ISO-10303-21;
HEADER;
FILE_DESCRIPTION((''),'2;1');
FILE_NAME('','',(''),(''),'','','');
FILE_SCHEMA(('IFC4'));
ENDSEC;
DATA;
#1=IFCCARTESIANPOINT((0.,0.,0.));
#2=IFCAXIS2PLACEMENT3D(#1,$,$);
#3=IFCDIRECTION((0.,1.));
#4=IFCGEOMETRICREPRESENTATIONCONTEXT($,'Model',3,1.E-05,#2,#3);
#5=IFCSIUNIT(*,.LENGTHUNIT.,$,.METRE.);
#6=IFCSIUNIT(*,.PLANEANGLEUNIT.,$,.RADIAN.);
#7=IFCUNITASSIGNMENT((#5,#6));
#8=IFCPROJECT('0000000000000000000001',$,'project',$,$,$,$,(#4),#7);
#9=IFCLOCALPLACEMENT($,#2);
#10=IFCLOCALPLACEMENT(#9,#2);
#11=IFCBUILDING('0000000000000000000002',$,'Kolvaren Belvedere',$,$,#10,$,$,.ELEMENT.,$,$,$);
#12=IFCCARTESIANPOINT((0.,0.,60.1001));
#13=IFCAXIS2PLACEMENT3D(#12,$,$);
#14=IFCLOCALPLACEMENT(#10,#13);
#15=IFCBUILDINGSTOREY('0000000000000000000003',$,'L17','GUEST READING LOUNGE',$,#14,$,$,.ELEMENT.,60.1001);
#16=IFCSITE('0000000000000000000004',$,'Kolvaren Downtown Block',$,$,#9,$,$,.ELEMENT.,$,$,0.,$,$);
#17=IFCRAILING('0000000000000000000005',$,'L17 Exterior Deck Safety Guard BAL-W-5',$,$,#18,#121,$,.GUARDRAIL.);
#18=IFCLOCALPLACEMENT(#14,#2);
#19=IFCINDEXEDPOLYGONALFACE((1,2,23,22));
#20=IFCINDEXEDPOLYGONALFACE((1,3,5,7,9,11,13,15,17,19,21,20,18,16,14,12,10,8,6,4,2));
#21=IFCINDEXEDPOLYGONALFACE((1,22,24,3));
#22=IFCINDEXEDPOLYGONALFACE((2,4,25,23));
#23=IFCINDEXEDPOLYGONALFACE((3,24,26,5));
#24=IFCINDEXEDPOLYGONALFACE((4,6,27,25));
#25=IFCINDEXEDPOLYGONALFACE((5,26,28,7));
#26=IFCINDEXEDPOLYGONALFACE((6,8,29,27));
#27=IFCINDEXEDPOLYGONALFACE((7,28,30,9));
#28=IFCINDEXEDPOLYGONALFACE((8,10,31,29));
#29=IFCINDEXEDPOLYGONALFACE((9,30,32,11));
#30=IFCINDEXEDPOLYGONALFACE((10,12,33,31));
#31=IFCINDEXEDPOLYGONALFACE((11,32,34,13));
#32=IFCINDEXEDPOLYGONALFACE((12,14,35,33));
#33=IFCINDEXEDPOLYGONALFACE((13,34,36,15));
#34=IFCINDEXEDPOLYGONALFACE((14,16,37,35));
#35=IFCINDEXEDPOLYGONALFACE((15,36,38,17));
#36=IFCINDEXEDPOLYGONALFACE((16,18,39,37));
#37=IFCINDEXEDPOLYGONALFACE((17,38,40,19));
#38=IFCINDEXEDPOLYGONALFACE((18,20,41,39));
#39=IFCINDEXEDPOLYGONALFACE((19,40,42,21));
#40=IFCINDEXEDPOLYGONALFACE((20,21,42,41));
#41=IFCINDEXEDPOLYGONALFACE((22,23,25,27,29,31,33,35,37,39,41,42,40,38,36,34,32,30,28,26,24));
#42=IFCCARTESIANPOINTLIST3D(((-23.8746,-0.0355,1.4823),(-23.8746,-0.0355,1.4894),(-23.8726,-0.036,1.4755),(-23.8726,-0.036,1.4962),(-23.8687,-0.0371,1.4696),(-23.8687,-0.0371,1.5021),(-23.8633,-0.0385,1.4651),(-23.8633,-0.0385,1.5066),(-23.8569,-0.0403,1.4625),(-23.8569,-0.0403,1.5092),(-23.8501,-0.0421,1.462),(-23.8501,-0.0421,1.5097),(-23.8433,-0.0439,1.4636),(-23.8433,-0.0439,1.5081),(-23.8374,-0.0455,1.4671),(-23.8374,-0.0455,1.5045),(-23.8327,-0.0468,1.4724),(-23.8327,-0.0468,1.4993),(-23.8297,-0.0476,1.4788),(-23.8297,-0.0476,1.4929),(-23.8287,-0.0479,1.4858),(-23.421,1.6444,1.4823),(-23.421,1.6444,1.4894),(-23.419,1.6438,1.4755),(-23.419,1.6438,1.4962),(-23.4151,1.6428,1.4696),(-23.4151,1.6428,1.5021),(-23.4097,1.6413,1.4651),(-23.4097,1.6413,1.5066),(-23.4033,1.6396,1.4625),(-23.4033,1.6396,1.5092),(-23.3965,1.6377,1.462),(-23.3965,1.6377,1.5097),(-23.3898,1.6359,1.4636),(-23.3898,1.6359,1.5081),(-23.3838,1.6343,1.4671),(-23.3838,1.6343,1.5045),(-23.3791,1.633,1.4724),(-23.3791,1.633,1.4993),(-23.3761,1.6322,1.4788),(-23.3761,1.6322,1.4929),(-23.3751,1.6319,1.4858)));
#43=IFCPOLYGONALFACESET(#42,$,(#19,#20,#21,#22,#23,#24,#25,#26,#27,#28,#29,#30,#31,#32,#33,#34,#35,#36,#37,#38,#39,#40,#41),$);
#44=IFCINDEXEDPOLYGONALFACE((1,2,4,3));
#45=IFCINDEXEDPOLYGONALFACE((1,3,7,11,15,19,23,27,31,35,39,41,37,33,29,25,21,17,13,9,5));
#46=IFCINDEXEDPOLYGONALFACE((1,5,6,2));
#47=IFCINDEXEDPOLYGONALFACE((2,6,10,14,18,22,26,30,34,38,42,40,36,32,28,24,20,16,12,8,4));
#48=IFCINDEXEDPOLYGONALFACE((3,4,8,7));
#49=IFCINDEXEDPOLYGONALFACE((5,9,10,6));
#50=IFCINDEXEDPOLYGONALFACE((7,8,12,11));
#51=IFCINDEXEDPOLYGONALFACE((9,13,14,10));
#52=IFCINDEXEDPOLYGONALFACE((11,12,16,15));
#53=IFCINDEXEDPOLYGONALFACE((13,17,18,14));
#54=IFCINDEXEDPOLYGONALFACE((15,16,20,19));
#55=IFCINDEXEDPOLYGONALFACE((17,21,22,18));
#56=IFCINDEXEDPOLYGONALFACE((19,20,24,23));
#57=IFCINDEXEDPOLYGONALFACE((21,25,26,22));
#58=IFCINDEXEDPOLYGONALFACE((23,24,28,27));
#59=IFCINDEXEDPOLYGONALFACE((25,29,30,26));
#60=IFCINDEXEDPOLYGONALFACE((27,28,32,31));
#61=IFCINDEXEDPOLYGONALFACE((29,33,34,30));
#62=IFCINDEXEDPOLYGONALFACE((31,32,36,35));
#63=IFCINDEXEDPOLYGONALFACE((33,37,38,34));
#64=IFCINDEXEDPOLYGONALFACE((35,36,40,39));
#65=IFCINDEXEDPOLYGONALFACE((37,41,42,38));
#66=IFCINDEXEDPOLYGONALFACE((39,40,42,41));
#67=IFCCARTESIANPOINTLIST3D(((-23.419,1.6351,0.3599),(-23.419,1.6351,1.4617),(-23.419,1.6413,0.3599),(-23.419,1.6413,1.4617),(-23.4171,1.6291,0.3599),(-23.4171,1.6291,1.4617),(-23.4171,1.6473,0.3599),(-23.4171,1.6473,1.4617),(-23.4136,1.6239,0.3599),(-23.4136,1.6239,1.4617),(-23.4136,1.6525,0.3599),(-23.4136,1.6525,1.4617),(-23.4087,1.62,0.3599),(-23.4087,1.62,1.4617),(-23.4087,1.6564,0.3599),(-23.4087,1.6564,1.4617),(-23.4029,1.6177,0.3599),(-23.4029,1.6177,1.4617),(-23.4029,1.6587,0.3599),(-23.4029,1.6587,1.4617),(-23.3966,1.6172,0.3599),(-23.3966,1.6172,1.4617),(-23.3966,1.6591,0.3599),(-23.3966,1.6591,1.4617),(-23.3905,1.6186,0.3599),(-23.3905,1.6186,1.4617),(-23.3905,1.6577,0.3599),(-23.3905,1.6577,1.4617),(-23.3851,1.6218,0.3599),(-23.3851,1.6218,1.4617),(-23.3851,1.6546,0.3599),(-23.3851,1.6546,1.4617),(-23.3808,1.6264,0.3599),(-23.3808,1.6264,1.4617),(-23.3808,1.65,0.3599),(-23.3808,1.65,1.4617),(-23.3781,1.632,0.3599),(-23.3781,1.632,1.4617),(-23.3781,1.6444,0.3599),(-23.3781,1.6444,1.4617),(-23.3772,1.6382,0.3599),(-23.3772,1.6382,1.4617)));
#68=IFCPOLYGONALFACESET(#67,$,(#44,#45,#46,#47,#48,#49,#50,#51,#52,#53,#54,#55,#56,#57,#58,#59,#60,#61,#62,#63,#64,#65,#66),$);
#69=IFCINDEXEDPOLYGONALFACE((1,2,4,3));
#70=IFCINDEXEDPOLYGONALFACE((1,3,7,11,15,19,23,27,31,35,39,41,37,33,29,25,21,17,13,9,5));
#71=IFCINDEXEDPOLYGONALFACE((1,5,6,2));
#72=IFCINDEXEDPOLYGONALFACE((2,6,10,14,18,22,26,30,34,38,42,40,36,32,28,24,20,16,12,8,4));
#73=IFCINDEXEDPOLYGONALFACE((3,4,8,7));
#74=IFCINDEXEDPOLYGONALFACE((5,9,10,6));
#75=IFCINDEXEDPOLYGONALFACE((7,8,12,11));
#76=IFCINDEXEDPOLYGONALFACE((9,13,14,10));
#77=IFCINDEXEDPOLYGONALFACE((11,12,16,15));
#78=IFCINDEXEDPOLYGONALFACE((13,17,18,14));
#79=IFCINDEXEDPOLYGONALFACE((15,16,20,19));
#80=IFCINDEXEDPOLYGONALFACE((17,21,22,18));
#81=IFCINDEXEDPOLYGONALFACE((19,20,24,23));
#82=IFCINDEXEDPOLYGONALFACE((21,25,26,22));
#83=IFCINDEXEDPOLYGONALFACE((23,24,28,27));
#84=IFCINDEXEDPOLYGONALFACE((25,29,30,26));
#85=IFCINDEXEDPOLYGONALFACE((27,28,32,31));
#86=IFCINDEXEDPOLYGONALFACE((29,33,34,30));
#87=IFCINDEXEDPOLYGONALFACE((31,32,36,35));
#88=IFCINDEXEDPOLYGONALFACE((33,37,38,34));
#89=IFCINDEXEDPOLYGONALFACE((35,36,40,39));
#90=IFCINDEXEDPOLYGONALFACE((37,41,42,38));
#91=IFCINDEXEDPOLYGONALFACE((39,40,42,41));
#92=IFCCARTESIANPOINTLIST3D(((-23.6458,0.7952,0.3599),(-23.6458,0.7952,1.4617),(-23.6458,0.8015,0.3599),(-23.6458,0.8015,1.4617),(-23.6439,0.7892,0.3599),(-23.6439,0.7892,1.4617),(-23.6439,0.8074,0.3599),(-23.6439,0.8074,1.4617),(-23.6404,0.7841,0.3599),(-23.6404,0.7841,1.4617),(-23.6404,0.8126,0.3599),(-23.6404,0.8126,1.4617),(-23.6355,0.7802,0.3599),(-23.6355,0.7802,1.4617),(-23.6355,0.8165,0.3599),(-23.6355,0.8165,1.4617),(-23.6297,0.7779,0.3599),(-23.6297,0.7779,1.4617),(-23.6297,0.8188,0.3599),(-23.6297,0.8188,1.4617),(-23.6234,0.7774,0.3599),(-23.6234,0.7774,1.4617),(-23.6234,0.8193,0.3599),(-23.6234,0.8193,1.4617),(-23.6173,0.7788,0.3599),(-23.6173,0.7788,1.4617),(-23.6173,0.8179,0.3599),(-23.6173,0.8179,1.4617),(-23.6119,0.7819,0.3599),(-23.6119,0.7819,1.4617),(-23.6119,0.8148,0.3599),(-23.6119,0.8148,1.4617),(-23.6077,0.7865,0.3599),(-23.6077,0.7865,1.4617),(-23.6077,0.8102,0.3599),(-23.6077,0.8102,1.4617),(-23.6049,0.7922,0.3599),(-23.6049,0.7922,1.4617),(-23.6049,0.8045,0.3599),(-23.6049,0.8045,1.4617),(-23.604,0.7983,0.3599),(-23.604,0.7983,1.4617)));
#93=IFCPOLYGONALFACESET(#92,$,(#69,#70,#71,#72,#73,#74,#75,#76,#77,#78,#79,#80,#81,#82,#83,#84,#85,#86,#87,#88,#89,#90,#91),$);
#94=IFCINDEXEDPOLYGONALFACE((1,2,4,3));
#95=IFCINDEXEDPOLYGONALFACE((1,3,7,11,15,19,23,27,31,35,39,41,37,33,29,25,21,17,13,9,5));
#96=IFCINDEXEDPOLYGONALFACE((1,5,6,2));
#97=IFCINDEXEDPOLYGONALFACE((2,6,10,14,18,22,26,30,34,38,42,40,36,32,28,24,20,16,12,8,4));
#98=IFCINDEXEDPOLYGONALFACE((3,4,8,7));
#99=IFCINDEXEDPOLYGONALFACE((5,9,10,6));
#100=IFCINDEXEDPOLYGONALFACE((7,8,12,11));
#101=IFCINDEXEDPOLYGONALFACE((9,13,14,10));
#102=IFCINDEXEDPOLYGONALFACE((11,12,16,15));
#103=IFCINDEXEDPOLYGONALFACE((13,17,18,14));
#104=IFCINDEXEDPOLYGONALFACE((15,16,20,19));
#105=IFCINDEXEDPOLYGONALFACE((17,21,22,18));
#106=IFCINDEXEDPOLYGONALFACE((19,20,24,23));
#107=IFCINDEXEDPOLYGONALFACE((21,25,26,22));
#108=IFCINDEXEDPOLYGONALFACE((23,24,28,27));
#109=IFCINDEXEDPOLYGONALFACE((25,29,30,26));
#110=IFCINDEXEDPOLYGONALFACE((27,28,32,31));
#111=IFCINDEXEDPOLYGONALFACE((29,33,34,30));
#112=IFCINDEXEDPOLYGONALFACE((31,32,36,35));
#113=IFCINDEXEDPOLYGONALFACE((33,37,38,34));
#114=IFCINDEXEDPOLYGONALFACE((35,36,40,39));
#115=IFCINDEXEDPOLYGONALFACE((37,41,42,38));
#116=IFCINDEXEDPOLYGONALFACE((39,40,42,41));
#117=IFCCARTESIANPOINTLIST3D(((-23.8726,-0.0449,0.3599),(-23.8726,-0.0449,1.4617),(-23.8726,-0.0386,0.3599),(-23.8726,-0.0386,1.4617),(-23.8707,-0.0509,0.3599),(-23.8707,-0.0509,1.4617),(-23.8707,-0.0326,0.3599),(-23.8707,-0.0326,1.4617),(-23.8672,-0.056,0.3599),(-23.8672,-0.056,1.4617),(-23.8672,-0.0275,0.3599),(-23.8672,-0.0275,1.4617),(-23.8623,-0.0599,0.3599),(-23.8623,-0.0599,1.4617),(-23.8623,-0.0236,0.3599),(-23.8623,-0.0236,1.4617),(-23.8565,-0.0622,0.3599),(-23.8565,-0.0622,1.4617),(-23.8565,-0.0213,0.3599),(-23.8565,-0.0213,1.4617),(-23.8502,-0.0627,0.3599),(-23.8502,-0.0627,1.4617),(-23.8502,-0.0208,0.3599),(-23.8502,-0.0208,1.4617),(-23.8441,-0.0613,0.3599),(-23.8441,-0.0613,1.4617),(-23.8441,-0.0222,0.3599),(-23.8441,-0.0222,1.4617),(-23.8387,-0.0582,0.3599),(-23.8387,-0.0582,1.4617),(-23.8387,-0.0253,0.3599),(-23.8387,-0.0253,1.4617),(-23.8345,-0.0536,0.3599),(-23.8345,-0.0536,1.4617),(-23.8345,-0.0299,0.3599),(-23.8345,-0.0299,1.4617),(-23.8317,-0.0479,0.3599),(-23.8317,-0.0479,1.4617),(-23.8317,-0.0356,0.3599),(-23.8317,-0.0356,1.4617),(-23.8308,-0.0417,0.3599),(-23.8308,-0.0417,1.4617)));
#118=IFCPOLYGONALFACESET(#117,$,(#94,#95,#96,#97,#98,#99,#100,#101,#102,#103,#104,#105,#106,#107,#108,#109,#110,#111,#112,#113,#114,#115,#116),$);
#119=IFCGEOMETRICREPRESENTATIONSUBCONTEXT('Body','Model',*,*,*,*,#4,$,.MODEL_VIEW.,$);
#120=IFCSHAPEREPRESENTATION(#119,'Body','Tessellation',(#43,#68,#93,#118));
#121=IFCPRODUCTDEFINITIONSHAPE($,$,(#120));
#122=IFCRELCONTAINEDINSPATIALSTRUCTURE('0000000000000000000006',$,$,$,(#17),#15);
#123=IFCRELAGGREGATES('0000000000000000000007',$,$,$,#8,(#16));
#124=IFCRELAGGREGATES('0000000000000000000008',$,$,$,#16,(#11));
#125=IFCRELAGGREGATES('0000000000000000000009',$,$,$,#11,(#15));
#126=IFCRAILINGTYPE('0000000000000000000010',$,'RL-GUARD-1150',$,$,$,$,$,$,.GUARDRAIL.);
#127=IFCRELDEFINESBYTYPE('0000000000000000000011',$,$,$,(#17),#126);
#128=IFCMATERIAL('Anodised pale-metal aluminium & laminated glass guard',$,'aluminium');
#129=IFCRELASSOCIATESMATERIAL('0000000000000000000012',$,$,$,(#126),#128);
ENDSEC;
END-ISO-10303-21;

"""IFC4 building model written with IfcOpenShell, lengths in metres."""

from ifc_helpers import new_model, si_unit, direction, frame, origin, origin_2d, place, context, subcontext, project, spatial, circle, extrude, material, type_object, element, save


model = new_model("IFC4")

# Units and contexts
model_context = context("Model", 3, precision=1e-05, world=origin(), true_north=direction((0.0, 1.0)))
body_context = subcontext(model_context, "Body", "Model", "MODEL_VIEW")
ifc_project = project(units=[si_unit("LENGTHUNIT", "METRE"), si_unit("PLANEANGLEUNIT", "RADIAN")], contexts=[model_context])

# Site, building, storey
site_placement = place(None, origin())
site = spatial("IfcSite", under=ifc_project, at=site_placement, Name="Kolvaren Downtown Block", CompositionType="ELEMENT", RefElevation=0.0)
building_placement = place(site_placement, origin())
building = spatial("IfcBuilding", under=site, at=building_placement, Name="Kolvaren Belvedere", CompositionType="ELEMENT")
storey_placement = place(building_placement, frame((0.0, 0.0, 60.1001)))
storey = spatial("IfcBuildingStorey", under=building, at=storey_placement, Name="L17", Description="GUEST READING LOUNGE", CompositionType="ELEMENT", Elevation=60.1001)

# Railing
ifc_material_1 = material(Name="Anodised pale-metal aluminium & laminated glass guard", Category="aluminium")
railing_type = type_object("IfcRailingType", Name="RL-GUARD-1150", PredefinedType="GUARDRAIL", material=ifc_material_1)
railing_1_placement = place(storey_placement, frame((-23.3982, 1.6382, 0.3599)))
element("IfcRailing", 1, at=railing_1_placement, inside=storey, type_object=railing_type, Name="L17 Exterior Deck Safety Guard BAL-W-5", PredefinedType="GUARDRAIL", context=body_context, shape_type="SweptSolid", body=[
    extrude(circle(Radius=0.0239, at=origin_2d()), frame((0.0, 0.0, 1.126), z_axis=(-0.260683, -0.965424, 0.0), x_axis=(0.965424, -0.260683, 0.0)), (0.0, 0.0, 1.0), 1.74),
    extrude(circle(Radius=0.021, at=origin_2d()), origin(), (0.0, 0.0, 1.0), 1.1018),
    extrude(circle(Radius=0.021, at=origin_2d()), frame((-0.2268, -0.8398, 0.0)), (0.0, 0.0, 1.0), 1.1018),
    extrude(circle(Radius=0.021, at=origin_2d()), frame((-0.4536, -1.6799, 0.0)), (0.0, 0.0, 1.0), 1.1018),
])

save(model, "model.ifc")
